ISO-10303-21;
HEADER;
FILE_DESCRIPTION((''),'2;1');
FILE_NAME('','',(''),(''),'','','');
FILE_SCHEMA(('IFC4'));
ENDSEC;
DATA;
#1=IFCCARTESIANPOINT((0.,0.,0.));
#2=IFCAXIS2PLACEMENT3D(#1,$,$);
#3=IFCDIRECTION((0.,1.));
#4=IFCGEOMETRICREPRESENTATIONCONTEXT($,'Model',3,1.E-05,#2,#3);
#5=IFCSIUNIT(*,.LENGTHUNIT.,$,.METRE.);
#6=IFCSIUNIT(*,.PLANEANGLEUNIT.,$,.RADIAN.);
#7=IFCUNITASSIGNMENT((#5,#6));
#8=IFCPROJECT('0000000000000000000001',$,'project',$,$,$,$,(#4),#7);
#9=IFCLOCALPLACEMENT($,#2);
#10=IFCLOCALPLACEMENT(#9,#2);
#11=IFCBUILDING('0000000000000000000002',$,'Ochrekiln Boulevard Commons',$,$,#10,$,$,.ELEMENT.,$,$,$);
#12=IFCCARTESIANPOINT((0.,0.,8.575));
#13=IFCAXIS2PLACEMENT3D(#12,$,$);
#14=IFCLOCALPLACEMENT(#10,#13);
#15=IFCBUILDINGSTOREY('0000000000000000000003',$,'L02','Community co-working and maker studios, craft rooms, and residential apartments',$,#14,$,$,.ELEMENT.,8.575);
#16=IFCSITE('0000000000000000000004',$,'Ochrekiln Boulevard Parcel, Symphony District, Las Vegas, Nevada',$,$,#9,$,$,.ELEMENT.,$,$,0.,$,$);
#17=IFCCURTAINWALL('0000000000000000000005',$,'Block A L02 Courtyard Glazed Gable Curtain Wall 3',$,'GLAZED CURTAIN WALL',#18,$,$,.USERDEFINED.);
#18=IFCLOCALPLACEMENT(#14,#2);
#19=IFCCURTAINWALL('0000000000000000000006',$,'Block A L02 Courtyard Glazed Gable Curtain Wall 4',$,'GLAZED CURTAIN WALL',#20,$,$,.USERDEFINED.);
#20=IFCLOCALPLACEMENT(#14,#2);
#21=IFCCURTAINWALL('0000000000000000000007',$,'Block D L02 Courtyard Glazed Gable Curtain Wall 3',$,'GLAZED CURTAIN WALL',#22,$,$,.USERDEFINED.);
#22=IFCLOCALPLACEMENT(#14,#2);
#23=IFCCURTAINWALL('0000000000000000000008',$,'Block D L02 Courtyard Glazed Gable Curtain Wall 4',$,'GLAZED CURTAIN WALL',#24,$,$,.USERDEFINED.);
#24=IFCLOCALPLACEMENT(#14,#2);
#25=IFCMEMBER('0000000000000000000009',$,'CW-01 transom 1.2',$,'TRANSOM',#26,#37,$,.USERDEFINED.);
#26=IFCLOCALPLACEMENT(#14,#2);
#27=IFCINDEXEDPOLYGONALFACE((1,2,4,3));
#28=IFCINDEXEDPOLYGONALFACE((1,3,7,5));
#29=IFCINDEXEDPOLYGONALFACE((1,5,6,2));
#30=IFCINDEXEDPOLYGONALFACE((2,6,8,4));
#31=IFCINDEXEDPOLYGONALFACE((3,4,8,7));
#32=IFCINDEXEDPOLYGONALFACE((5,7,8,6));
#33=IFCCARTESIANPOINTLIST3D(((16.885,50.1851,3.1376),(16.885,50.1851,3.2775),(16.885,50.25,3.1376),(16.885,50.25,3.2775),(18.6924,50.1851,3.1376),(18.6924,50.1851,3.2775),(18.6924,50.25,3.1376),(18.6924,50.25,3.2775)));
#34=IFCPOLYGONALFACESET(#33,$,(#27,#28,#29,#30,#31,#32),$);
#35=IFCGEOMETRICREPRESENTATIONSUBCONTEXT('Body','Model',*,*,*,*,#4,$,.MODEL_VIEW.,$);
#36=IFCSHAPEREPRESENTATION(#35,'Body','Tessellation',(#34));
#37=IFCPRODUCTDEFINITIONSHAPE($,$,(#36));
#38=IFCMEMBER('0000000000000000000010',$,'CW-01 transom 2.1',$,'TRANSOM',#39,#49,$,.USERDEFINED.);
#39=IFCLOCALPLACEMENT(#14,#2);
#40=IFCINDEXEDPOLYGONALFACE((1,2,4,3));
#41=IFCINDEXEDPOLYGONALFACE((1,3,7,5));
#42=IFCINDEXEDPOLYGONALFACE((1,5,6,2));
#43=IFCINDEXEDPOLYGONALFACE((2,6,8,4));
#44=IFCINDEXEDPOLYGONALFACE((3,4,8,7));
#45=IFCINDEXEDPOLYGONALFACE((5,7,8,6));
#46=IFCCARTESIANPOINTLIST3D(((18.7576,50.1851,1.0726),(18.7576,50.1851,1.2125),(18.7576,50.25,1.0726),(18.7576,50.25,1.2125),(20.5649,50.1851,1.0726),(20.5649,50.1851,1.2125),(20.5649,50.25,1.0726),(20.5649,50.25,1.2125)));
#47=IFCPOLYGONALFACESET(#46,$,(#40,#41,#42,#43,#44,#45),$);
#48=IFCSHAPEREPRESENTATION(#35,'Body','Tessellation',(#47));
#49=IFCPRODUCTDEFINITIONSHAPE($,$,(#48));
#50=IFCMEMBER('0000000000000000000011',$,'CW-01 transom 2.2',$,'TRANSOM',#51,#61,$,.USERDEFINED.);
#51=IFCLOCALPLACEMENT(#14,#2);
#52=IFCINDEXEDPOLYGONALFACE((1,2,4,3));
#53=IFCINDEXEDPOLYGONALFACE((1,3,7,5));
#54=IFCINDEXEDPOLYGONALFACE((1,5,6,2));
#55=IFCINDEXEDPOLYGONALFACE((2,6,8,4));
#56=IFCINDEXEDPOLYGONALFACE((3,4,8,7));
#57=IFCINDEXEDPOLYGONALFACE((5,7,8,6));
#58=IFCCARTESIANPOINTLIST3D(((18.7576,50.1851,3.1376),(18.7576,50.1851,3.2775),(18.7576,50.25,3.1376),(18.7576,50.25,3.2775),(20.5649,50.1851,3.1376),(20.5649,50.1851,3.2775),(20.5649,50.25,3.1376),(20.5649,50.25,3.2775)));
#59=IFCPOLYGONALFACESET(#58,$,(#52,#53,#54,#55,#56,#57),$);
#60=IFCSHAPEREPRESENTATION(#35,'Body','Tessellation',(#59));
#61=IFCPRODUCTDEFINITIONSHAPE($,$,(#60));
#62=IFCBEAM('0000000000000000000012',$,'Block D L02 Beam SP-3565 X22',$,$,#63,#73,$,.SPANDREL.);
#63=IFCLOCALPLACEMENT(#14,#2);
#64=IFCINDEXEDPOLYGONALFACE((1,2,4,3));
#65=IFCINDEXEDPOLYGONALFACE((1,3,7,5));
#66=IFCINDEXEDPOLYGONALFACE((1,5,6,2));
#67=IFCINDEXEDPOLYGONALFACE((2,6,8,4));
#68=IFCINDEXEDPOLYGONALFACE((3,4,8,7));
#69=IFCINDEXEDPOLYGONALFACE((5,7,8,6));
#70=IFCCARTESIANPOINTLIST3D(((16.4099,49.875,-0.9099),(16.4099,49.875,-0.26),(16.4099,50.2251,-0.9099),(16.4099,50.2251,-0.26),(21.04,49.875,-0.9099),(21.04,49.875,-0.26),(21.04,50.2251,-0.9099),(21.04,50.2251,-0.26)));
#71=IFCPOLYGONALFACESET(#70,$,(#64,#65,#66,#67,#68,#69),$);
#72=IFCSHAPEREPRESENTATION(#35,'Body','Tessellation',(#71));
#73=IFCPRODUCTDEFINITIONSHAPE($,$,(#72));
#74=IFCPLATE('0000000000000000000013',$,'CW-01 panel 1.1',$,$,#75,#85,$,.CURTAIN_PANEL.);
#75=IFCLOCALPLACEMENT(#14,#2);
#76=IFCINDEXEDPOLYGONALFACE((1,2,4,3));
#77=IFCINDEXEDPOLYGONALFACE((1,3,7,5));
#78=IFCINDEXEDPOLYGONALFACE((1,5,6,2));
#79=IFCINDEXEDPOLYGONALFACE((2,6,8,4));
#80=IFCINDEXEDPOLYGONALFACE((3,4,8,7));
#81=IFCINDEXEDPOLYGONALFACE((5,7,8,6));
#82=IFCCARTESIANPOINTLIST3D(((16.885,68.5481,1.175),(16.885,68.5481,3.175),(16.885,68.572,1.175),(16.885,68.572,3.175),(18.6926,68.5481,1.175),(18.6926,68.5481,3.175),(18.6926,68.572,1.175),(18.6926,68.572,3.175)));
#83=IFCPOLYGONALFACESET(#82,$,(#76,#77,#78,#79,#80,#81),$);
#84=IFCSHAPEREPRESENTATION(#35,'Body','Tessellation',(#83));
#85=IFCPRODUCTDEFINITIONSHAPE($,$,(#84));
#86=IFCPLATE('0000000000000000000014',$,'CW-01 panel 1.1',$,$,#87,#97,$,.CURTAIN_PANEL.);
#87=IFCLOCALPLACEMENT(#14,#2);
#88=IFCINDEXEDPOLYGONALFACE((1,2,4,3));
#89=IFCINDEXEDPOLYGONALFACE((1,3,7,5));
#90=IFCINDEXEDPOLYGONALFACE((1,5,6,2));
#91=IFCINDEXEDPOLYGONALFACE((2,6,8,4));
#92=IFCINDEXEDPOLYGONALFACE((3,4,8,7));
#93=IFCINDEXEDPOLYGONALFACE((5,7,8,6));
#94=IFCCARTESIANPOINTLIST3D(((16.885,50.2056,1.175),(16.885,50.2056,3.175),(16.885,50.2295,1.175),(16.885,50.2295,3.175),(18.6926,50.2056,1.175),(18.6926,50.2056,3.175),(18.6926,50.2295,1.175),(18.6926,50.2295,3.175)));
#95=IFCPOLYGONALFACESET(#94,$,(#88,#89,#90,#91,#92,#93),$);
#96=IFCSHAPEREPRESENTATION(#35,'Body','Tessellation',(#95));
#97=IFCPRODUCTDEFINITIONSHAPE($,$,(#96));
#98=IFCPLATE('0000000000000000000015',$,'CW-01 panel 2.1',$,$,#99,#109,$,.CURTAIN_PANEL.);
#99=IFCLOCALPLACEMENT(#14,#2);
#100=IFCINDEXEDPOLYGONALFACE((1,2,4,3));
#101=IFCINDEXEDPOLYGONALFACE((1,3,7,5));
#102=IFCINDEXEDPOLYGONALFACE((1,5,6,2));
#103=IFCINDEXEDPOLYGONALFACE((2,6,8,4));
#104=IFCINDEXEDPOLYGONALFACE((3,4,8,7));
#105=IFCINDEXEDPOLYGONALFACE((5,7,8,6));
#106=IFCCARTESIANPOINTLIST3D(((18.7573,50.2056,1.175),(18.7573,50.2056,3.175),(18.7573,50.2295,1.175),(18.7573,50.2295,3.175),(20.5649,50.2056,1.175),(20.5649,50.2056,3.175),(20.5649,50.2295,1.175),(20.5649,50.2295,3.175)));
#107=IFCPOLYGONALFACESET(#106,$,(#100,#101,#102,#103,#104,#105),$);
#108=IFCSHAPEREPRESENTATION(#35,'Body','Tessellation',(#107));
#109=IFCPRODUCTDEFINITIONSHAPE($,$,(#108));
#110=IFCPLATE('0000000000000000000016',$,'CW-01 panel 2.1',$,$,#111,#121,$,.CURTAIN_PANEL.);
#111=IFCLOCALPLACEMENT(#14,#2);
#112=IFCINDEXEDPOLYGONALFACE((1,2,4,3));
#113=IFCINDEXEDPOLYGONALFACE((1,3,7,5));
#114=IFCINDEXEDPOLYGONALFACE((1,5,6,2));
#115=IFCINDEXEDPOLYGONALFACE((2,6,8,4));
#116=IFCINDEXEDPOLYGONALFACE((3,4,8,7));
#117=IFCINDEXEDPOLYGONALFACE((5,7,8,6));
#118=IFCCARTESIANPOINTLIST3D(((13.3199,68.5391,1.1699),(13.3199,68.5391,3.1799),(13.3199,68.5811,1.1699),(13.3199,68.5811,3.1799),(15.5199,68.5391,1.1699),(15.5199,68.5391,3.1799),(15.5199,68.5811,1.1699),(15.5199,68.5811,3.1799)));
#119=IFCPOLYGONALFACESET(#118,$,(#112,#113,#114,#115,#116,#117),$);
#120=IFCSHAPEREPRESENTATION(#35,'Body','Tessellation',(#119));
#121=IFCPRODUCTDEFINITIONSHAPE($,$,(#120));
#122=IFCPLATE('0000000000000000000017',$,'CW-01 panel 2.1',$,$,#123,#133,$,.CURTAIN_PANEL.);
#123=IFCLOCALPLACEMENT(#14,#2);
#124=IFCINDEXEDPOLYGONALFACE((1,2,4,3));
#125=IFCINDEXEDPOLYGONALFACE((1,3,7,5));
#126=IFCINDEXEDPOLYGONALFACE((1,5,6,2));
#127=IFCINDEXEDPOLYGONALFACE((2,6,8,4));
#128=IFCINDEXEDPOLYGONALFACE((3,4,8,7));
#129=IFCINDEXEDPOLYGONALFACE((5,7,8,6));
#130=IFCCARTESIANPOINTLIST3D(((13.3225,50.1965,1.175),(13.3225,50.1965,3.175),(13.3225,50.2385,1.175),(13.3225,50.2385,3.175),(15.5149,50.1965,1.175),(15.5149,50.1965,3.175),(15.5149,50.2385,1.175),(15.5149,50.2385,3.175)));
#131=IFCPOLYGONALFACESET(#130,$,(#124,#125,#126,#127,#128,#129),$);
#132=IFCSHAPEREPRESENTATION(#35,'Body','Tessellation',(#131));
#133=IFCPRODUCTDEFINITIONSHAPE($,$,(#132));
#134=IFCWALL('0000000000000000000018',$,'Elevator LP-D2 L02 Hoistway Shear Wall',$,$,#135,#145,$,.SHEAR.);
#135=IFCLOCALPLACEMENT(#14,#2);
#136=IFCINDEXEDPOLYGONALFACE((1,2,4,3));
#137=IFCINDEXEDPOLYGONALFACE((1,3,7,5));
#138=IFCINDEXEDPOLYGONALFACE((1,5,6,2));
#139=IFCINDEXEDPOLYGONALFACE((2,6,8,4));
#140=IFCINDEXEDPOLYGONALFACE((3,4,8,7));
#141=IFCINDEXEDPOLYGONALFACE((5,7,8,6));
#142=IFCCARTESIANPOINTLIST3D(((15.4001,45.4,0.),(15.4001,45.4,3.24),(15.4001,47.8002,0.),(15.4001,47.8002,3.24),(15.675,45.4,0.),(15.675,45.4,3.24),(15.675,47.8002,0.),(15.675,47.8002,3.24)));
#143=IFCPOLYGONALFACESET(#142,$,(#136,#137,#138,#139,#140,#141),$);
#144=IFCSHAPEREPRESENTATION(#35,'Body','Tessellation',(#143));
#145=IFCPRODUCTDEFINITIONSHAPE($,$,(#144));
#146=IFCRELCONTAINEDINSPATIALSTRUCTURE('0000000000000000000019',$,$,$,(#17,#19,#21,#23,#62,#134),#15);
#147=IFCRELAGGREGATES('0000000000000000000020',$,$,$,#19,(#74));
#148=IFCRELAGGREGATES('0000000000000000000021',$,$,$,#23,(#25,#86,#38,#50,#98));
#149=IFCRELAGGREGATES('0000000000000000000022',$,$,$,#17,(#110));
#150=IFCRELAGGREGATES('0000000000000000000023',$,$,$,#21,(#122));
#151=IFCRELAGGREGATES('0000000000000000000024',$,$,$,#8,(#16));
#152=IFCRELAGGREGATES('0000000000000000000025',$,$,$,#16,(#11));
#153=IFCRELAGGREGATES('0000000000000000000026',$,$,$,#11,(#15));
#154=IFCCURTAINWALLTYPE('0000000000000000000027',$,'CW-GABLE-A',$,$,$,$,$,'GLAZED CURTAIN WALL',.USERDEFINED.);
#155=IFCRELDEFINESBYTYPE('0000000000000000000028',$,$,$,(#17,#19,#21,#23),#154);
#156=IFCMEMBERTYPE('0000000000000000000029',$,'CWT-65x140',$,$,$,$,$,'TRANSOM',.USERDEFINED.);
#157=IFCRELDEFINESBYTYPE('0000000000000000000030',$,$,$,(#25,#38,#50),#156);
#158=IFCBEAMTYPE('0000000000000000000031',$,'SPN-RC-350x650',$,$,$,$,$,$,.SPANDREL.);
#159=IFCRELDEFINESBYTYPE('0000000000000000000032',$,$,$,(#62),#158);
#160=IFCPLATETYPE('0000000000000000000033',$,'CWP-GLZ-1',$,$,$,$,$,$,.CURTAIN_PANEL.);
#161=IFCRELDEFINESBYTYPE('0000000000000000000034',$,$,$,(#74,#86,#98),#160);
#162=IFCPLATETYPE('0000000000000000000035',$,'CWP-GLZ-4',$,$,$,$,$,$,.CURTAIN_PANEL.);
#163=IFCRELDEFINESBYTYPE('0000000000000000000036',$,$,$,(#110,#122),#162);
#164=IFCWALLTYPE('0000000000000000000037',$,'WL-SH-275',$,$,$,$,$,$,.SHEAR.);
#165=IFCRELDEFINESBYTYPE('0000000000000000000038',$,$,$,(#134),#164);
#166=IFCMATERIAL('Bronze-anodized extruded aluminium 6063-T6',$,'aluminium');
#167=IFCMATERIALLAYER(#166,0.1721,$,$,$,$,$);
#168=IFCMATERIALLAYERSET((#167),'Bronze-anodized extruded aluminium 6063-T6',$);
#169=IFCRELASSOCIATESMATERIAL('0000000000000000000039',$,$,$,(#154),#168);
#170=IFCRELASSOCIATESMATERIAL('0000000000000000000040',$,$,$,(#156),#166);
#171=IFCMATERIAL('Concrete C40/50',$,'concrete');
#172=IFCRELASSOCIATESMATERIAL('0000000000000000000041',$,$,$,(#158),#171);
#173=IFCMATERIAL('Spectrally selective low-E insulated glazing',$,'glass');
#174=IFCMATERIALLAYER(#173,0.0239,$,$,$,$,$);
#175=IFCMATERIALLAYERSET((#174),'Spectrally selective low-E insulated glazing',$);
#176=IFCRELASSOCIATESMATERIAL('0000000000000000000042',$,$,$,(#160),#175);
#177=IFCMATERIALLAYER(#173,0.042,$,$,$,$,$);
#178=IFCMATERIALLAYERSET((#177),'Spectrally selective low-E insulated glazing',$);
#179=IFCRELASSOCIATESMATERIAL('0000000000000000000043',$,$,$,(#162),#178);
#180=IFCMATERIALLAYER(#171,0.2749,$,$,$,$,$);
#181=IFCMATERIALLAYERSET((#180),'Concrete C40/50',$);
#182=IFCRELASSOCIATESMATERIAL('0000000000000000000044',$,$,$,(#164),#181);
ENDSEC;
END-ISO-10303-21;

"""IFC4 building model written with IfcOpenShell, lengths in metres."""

from ifc_helpers import new_model, si_unit, direction, frame, frame_2d, origin, origin_2d, place, context, subcontext, project, spatial, rectangle, extrude, material, layer, layer_set, material_profile, profile_set, type_object, element, aggregate, save


model = new_model("IFC4")

# Units and contexts
model_context = context("Model", 3, precision=1e-05, world=origin(), true_north=direction((0.0, 1.0)))
body_context = subcontext(model_context, "Body", "Model", "MODEL_VIEW")
ifc_project = project(units=[si_unit("LENGTHUNIT", "METRE"), si_unit("PLANEANGLEUNIT", "RADIAN")], contexts=[model_context])

# Site, building, storey
site_placement = place(None, origin())
site = spatial("IfcSite", under=ifc_project, at=site_placement, Name="Ochrekiln Boulevard Parcel, Symphony District, Las Vegas, Nevada", CompositionType="ELEMENT", RefElevation=0.0)
building_placement = place(site_placement, origin())
building = spatial("IfcBuilding", under=site, at=building_placement, Name="Ochrekiln Boulevard Commons", CompositionType="ELEMENT")
storey_placement = place(building_placement, frame((0.0, 0.0, 8.575)))
storey = spatial("IfcBuildingStorey", under=building, at=storey_placement, Name="L02", Description="Community co-working and maker studios, craft rooms, and residential apartments", CompositionType="ELEMENT", Elevation=8.575)

# Shared definitions
ifc_material_1 = material(Name="Concrete C40/50", Category="concrete")

# Curtain wall
ifc_material_2 = material(Name="Bronze-anodized extruded aluminium 6063-T6", Category="aluminium")
ifc_layer_1 = layer(ifc_material_2, 0.1721)
ifc_layer_set_1 = layer_set([ifc_layer_1], Name="Bronze-anodized extruded aluminium 6063-T6")
curtain_wall_type = type_object("IfcCurtainWallType", Name="CW-GABLE-A", ElementType="GLAZED CURTAIN WALL", PredefinedType="USERDEFINED", material=ifc_layer_set_1)
curtain_wall_1_placement = place(storey_placement, origin())
curtain_wall_1 = element("IfcCurtainWall", 1, at=curtain_wall_1_placement, inside=storey, type_object=curtain_wall_type, Name="Block A L02 Courtyard Glazed Gable Curtain Wall 3", ObjectType="GLAZED CURTAIN WALL", PredefinedType="USERDEFINED")

# Curtain wall
curtain_wall_2_placement = place(storey_placement, origin())
curtain_wall_2 = element("IfcCurtainWall", 2, at=curtain_wall_2_placement, inside=storey, type_object=curtain_wall_type, Name="Block A L02 Courtyard Glazed Gable Curtain Wall 4", ObjectType="GLAZED CURTAIN WALL", PredefinedType="USERDEFINED")

# Curtain wall
curtain_wall_3_placement = place(storey_placement, origin())
curtain_wall_3 = element("IfcCurtainWall", 3, at=curtain_wall_3_placement, inside=storey, type_object=curtain_wall_type, Name="Block D L02 Courtyard Glazed Gable Curtain Wall 3", ObjectType="GLAZED CURTAIN WALL", PredefinedType="USERDEFINED")

# Curtain wall
curtain_wall_4_placement = place(storey_placement, origin())
curtain_wall_4 = element("IfcCurtainWall", 4, at=curtain_wall_4_placement, inside=storey, type_object=curtain_wall_type, Name="Block D L02 Courtyard Glazed Gable Curtain Wall 4", ObjectType="GLAZED CURTAIN WALL", PredefinedType="USERDEFINED")

# Members
ifc_material_profile_1 = material_profile(ifc_material_2, rectangle(XDim=0.0649, YDim=0.1399, at=origin_2d()), Name="ALU-TRN-65x140")
ifc_profile_set_1 = profile_set([ifc_material_profile_1], Name="Bronze-anodized extruded aluminium 6063-T6")
member_type_1 = type_object("IfcMemberType", Name="CWT-65x140", ElementType="TRANSOM", PredefinedType="USERDEFINED", material=ifc_profile_set_1)
member_1_placement = place(storey_placement, frame((16.885, 50.2175, 3.2075), z_axis=(1.0, 0.0, 0.0), x_axis=(0.0, 1.0, 0.0)))
member_1 = element("IfcMember", 5, at=member_1_placement, type_object=member_type_1, Name="CW-01 transom 1.2", ObjectType="TRANSOM", PredefinedType="USERDEFINED", context=body_context, shape_type="SweptSolid", body=[
    extrude(rectangle(XDim=0.0649, YDim=0.1399, at=origin_2d()), origin(), (0.0, 0.0, 1.0), 1.8074),
])
member_2_placement = place(storey_placement, frame((18.7576, 50.2175, 1.1426), z_axis=(1.0, 0.0, 0.0), x_axis=(0.0, 1.0, 0.0)))
member_2 = element("IfcMember", 6, at=member_2_placement, type_object=member_type_1, Name="CW-01 transom 2.1", ObjectType="TRANSOM", PredefinedType="USERDEFINED", context=body_context, shape_type="SweptSolid", body=[
    extrude(rectangle(XDim=0.0649, YDim=0.1399, at=origin_2d()), origin(), (0.0, 0.0, 1.0), 1.8074),
])
member_3_placement = place(storey_placement, frame((18.7576, 50.2175, 3.2075), z_axis=(1.0, 0.0, 0.0), x_axis=(0.0, 1.0, 0.0)))
member_3 = element("IfcMember", 7, at=member_3_placement, type_object=member_type_1, Name="CW-01 transom 2.2", ObjectType="TRANSOM", PredefinedType="USERDEFINED", context=body_context, shape_type="SweptSolid", body=[
    extrude(rectangle(XDim=0.0649, YDim=0.1399, at=origin_2d()), origin(), (0.0, 0.0, 1.0), 1.8074),
])

# Beam
ifc_material_profile_2 = material_profile(ifc_material_1, rectangle(XDim=0.3501, YDim=0.6499, at=origin_2d()), Name="RC-SPN-350x650")
ifc_profile_set_2 = profile_set([ifc_material_profile_2], Name="Concrete C40/50")
beam_type_1 = type_object("IfcBeamType", Name="SPN-RC-350x650", PredefinedType="SPANDREL", material=ifc_profile_set_2)
beam_1_placement = place(storey_placement, frame((16.4099, 50.05, -0.585), z_axis=(1.0, 0.0, 0.0), x_axis=(0.0, 1.0, 0.0)))
element("IfcBeam", 8, at=beam_1_placement, inside=storey, type_object=beam_type_1, Name="Block D L02 Beam SP-3565 X22", PredefinedType="SPANDREL", context=body_context, shape_type="SweptSolid", body=[
    extrude(rectangle(XDim=0.3501, YDim=0.6499, at=origin_2d()), origin(), (0.0, 0.0, 1.0), 4.6301),
])

# Plates
ifc_material_3 = material(Name="Spectrally selective low-E insulated glazing", Category="glass")
ifc_layer_2 = layer(ifc_material_3, 0.0239)
ifc_layer_set_2 = layer_set([ifc_layer_2], Name="Spectrally selective low-E insulated glazing")
plate_type_1 = type_object("IfcPlateType", Name="CWP-GLZ-1", PredefinedType="CURTAIN_PANEL", material=ifc_layer_set_2)
plate_1_placement = place(storey_placement, frame((17.7888, 68.5601, 1.175), z_axis=(0.0, 0.0, 1.0), x_axis=(1.0, 0.0, 0.0)))
plate_1 = element("IfcPlate", 9, at=plate_1_placement, type_object=plate_type_1, Name="CW-01 panel 1.1", PredefinedType="CURTAIN_PANEL", context=body_context, shape_type="SweptSolid", body=[
    extrude(rectangle(XDim=1.8076, YDim=0.0239, at=origin_2d()), origin(), (0.0, 0.0, 1.0), 2.0),
])
aggregate(curtain_wall_2, [plate_1])
plate_2_placement = place(storey_placement, frame((17.7888, 50.2175, 1.175), z_axis=(0.0, 0.0, 1.0), x_axis=(1.0, 0.0, 0.0)))
plate_2 = element("IfcPlate", 10, at=plate_2_placement, type_object=plate_type_1, Name="CW-01 panel 1.1", PredefinedType="CURTAIN_PANEL", context=body_context, shape_type="SweptSolid", body=[
    extrude(rectangle(XDim=1.8076, YDim=0.0239, at=origin_2d()), origin(), (0.0, 0.0, 1.0), 2.0),
])
plate_3_placement = place(storey_placement, frame((19.6611, 50.2175, 1.175), z_axis=(0.0, 0.0, 1.0), x_axis=(1.0, 0.0, 0.0)))
plate_3 = element("IfcPlate", 11, at=plate_3_placement, type_object=plate_type_1, Name="CW-01 panel 2.1", PredefinedType="CURTAIN_PANEL", context=body_context, shape_type="SweptSolid", body=[
    extrude(rectangle(XDim=1.8076, YDim=0.0239, at=origin_2d()), origin(), (0.0, 0.0, 1.0), 2.0),
])
aggregate(curtain_wall_4, [member_1, plate_2, member_2, member_3, plate_3])
ifc_layer_3 = layer(ifc_material_3, 0.042)
ifc_layer_set_3 = layer_set([ifc_layer_3], Name="Spectrally selective low-E insulated glazing")
plate_type_2 = type_object("IfcPlateType", Name="CWP-GLZ-4", PredefinedType="CURTAIN_PANEL", material=ifc_layer_set_3)
plate_4_placement = place(storey_placement, frame((14.4199, 68.5601, 1.1699), z_axis=(0.0, 0.0, 1.0), x_axis=(1.0, 0.0, 0.0)))
plate_4 = element("IfcPlate", 12, at=plate_4_placement, type_object=plate_type_2, Name="CW-01 panel 2.1", PredefinedType="CURTAIN_PANEL", context=body_context, shape_type="SweptSolid", body=[
    extrude(rectangle(XDim=2.2, YDim=0.042, at=origin_2d()), origin(), (0.0, 0.0, 1.0), 2.01),
])
aggregate(curtain_wall_1, [plate_4])
plate_5_placement = place(storey_placement, frame((14.4187, 50.2175, 1.175), z_axis=(0.0, 0.0, 1.0), x_axis=(1.0, 0.0, 0.0)))
plate_5 = element("IfcPlate", 13, at=plate_5_placement, type_object=plate_type_2, Name="CW-01 panel 2.1", PredefinedType="CURTAIN_PANEL", context=body_context, shape_type="SweptSolid", body=[
    extrude(rectangle(XDim=2.1924, YDim=0.042, at=origin_2d()), origin(), (0.0, 0.0, 1.0), 2.0),
])
aggregate(curtain_wall_3, [plate_5])

# Wall
ifc_layer_4 = layer(ifc_material_1, 0.2749)
ifc_layer_set_4 = layer_set([ifc_layer_4], Name="Concrete C40/50")
wall_type = type_object("IfcWallType", Name="WL-SH-275", PredefinedType="SHEAR", material=ifc_layer_set_4)
wall_placement = place(storey_placement, frame((15.5376, 45.3999, 0.0), z_axis=(0.0, 0.0, 1.0), x_axis=(0.0, 1.0, 0.0)))
element("IfcWall", 14, at=wall_placement, inside=storey, type_object=wall_type, Name="Elevator LP-D2 L02 Hoistway Shear Wall", PredefinedType="SHEAR", context=body_context, shape_type="SweptSolid", body=[
    extrude(rectangle(XDim=2.4001, YDim=0.2749, at=frame_2d((1.2002, 0.0))), origin(), (0.0, 0.0, 1.0), 3.24),
])

save(model, "model.ifc")
